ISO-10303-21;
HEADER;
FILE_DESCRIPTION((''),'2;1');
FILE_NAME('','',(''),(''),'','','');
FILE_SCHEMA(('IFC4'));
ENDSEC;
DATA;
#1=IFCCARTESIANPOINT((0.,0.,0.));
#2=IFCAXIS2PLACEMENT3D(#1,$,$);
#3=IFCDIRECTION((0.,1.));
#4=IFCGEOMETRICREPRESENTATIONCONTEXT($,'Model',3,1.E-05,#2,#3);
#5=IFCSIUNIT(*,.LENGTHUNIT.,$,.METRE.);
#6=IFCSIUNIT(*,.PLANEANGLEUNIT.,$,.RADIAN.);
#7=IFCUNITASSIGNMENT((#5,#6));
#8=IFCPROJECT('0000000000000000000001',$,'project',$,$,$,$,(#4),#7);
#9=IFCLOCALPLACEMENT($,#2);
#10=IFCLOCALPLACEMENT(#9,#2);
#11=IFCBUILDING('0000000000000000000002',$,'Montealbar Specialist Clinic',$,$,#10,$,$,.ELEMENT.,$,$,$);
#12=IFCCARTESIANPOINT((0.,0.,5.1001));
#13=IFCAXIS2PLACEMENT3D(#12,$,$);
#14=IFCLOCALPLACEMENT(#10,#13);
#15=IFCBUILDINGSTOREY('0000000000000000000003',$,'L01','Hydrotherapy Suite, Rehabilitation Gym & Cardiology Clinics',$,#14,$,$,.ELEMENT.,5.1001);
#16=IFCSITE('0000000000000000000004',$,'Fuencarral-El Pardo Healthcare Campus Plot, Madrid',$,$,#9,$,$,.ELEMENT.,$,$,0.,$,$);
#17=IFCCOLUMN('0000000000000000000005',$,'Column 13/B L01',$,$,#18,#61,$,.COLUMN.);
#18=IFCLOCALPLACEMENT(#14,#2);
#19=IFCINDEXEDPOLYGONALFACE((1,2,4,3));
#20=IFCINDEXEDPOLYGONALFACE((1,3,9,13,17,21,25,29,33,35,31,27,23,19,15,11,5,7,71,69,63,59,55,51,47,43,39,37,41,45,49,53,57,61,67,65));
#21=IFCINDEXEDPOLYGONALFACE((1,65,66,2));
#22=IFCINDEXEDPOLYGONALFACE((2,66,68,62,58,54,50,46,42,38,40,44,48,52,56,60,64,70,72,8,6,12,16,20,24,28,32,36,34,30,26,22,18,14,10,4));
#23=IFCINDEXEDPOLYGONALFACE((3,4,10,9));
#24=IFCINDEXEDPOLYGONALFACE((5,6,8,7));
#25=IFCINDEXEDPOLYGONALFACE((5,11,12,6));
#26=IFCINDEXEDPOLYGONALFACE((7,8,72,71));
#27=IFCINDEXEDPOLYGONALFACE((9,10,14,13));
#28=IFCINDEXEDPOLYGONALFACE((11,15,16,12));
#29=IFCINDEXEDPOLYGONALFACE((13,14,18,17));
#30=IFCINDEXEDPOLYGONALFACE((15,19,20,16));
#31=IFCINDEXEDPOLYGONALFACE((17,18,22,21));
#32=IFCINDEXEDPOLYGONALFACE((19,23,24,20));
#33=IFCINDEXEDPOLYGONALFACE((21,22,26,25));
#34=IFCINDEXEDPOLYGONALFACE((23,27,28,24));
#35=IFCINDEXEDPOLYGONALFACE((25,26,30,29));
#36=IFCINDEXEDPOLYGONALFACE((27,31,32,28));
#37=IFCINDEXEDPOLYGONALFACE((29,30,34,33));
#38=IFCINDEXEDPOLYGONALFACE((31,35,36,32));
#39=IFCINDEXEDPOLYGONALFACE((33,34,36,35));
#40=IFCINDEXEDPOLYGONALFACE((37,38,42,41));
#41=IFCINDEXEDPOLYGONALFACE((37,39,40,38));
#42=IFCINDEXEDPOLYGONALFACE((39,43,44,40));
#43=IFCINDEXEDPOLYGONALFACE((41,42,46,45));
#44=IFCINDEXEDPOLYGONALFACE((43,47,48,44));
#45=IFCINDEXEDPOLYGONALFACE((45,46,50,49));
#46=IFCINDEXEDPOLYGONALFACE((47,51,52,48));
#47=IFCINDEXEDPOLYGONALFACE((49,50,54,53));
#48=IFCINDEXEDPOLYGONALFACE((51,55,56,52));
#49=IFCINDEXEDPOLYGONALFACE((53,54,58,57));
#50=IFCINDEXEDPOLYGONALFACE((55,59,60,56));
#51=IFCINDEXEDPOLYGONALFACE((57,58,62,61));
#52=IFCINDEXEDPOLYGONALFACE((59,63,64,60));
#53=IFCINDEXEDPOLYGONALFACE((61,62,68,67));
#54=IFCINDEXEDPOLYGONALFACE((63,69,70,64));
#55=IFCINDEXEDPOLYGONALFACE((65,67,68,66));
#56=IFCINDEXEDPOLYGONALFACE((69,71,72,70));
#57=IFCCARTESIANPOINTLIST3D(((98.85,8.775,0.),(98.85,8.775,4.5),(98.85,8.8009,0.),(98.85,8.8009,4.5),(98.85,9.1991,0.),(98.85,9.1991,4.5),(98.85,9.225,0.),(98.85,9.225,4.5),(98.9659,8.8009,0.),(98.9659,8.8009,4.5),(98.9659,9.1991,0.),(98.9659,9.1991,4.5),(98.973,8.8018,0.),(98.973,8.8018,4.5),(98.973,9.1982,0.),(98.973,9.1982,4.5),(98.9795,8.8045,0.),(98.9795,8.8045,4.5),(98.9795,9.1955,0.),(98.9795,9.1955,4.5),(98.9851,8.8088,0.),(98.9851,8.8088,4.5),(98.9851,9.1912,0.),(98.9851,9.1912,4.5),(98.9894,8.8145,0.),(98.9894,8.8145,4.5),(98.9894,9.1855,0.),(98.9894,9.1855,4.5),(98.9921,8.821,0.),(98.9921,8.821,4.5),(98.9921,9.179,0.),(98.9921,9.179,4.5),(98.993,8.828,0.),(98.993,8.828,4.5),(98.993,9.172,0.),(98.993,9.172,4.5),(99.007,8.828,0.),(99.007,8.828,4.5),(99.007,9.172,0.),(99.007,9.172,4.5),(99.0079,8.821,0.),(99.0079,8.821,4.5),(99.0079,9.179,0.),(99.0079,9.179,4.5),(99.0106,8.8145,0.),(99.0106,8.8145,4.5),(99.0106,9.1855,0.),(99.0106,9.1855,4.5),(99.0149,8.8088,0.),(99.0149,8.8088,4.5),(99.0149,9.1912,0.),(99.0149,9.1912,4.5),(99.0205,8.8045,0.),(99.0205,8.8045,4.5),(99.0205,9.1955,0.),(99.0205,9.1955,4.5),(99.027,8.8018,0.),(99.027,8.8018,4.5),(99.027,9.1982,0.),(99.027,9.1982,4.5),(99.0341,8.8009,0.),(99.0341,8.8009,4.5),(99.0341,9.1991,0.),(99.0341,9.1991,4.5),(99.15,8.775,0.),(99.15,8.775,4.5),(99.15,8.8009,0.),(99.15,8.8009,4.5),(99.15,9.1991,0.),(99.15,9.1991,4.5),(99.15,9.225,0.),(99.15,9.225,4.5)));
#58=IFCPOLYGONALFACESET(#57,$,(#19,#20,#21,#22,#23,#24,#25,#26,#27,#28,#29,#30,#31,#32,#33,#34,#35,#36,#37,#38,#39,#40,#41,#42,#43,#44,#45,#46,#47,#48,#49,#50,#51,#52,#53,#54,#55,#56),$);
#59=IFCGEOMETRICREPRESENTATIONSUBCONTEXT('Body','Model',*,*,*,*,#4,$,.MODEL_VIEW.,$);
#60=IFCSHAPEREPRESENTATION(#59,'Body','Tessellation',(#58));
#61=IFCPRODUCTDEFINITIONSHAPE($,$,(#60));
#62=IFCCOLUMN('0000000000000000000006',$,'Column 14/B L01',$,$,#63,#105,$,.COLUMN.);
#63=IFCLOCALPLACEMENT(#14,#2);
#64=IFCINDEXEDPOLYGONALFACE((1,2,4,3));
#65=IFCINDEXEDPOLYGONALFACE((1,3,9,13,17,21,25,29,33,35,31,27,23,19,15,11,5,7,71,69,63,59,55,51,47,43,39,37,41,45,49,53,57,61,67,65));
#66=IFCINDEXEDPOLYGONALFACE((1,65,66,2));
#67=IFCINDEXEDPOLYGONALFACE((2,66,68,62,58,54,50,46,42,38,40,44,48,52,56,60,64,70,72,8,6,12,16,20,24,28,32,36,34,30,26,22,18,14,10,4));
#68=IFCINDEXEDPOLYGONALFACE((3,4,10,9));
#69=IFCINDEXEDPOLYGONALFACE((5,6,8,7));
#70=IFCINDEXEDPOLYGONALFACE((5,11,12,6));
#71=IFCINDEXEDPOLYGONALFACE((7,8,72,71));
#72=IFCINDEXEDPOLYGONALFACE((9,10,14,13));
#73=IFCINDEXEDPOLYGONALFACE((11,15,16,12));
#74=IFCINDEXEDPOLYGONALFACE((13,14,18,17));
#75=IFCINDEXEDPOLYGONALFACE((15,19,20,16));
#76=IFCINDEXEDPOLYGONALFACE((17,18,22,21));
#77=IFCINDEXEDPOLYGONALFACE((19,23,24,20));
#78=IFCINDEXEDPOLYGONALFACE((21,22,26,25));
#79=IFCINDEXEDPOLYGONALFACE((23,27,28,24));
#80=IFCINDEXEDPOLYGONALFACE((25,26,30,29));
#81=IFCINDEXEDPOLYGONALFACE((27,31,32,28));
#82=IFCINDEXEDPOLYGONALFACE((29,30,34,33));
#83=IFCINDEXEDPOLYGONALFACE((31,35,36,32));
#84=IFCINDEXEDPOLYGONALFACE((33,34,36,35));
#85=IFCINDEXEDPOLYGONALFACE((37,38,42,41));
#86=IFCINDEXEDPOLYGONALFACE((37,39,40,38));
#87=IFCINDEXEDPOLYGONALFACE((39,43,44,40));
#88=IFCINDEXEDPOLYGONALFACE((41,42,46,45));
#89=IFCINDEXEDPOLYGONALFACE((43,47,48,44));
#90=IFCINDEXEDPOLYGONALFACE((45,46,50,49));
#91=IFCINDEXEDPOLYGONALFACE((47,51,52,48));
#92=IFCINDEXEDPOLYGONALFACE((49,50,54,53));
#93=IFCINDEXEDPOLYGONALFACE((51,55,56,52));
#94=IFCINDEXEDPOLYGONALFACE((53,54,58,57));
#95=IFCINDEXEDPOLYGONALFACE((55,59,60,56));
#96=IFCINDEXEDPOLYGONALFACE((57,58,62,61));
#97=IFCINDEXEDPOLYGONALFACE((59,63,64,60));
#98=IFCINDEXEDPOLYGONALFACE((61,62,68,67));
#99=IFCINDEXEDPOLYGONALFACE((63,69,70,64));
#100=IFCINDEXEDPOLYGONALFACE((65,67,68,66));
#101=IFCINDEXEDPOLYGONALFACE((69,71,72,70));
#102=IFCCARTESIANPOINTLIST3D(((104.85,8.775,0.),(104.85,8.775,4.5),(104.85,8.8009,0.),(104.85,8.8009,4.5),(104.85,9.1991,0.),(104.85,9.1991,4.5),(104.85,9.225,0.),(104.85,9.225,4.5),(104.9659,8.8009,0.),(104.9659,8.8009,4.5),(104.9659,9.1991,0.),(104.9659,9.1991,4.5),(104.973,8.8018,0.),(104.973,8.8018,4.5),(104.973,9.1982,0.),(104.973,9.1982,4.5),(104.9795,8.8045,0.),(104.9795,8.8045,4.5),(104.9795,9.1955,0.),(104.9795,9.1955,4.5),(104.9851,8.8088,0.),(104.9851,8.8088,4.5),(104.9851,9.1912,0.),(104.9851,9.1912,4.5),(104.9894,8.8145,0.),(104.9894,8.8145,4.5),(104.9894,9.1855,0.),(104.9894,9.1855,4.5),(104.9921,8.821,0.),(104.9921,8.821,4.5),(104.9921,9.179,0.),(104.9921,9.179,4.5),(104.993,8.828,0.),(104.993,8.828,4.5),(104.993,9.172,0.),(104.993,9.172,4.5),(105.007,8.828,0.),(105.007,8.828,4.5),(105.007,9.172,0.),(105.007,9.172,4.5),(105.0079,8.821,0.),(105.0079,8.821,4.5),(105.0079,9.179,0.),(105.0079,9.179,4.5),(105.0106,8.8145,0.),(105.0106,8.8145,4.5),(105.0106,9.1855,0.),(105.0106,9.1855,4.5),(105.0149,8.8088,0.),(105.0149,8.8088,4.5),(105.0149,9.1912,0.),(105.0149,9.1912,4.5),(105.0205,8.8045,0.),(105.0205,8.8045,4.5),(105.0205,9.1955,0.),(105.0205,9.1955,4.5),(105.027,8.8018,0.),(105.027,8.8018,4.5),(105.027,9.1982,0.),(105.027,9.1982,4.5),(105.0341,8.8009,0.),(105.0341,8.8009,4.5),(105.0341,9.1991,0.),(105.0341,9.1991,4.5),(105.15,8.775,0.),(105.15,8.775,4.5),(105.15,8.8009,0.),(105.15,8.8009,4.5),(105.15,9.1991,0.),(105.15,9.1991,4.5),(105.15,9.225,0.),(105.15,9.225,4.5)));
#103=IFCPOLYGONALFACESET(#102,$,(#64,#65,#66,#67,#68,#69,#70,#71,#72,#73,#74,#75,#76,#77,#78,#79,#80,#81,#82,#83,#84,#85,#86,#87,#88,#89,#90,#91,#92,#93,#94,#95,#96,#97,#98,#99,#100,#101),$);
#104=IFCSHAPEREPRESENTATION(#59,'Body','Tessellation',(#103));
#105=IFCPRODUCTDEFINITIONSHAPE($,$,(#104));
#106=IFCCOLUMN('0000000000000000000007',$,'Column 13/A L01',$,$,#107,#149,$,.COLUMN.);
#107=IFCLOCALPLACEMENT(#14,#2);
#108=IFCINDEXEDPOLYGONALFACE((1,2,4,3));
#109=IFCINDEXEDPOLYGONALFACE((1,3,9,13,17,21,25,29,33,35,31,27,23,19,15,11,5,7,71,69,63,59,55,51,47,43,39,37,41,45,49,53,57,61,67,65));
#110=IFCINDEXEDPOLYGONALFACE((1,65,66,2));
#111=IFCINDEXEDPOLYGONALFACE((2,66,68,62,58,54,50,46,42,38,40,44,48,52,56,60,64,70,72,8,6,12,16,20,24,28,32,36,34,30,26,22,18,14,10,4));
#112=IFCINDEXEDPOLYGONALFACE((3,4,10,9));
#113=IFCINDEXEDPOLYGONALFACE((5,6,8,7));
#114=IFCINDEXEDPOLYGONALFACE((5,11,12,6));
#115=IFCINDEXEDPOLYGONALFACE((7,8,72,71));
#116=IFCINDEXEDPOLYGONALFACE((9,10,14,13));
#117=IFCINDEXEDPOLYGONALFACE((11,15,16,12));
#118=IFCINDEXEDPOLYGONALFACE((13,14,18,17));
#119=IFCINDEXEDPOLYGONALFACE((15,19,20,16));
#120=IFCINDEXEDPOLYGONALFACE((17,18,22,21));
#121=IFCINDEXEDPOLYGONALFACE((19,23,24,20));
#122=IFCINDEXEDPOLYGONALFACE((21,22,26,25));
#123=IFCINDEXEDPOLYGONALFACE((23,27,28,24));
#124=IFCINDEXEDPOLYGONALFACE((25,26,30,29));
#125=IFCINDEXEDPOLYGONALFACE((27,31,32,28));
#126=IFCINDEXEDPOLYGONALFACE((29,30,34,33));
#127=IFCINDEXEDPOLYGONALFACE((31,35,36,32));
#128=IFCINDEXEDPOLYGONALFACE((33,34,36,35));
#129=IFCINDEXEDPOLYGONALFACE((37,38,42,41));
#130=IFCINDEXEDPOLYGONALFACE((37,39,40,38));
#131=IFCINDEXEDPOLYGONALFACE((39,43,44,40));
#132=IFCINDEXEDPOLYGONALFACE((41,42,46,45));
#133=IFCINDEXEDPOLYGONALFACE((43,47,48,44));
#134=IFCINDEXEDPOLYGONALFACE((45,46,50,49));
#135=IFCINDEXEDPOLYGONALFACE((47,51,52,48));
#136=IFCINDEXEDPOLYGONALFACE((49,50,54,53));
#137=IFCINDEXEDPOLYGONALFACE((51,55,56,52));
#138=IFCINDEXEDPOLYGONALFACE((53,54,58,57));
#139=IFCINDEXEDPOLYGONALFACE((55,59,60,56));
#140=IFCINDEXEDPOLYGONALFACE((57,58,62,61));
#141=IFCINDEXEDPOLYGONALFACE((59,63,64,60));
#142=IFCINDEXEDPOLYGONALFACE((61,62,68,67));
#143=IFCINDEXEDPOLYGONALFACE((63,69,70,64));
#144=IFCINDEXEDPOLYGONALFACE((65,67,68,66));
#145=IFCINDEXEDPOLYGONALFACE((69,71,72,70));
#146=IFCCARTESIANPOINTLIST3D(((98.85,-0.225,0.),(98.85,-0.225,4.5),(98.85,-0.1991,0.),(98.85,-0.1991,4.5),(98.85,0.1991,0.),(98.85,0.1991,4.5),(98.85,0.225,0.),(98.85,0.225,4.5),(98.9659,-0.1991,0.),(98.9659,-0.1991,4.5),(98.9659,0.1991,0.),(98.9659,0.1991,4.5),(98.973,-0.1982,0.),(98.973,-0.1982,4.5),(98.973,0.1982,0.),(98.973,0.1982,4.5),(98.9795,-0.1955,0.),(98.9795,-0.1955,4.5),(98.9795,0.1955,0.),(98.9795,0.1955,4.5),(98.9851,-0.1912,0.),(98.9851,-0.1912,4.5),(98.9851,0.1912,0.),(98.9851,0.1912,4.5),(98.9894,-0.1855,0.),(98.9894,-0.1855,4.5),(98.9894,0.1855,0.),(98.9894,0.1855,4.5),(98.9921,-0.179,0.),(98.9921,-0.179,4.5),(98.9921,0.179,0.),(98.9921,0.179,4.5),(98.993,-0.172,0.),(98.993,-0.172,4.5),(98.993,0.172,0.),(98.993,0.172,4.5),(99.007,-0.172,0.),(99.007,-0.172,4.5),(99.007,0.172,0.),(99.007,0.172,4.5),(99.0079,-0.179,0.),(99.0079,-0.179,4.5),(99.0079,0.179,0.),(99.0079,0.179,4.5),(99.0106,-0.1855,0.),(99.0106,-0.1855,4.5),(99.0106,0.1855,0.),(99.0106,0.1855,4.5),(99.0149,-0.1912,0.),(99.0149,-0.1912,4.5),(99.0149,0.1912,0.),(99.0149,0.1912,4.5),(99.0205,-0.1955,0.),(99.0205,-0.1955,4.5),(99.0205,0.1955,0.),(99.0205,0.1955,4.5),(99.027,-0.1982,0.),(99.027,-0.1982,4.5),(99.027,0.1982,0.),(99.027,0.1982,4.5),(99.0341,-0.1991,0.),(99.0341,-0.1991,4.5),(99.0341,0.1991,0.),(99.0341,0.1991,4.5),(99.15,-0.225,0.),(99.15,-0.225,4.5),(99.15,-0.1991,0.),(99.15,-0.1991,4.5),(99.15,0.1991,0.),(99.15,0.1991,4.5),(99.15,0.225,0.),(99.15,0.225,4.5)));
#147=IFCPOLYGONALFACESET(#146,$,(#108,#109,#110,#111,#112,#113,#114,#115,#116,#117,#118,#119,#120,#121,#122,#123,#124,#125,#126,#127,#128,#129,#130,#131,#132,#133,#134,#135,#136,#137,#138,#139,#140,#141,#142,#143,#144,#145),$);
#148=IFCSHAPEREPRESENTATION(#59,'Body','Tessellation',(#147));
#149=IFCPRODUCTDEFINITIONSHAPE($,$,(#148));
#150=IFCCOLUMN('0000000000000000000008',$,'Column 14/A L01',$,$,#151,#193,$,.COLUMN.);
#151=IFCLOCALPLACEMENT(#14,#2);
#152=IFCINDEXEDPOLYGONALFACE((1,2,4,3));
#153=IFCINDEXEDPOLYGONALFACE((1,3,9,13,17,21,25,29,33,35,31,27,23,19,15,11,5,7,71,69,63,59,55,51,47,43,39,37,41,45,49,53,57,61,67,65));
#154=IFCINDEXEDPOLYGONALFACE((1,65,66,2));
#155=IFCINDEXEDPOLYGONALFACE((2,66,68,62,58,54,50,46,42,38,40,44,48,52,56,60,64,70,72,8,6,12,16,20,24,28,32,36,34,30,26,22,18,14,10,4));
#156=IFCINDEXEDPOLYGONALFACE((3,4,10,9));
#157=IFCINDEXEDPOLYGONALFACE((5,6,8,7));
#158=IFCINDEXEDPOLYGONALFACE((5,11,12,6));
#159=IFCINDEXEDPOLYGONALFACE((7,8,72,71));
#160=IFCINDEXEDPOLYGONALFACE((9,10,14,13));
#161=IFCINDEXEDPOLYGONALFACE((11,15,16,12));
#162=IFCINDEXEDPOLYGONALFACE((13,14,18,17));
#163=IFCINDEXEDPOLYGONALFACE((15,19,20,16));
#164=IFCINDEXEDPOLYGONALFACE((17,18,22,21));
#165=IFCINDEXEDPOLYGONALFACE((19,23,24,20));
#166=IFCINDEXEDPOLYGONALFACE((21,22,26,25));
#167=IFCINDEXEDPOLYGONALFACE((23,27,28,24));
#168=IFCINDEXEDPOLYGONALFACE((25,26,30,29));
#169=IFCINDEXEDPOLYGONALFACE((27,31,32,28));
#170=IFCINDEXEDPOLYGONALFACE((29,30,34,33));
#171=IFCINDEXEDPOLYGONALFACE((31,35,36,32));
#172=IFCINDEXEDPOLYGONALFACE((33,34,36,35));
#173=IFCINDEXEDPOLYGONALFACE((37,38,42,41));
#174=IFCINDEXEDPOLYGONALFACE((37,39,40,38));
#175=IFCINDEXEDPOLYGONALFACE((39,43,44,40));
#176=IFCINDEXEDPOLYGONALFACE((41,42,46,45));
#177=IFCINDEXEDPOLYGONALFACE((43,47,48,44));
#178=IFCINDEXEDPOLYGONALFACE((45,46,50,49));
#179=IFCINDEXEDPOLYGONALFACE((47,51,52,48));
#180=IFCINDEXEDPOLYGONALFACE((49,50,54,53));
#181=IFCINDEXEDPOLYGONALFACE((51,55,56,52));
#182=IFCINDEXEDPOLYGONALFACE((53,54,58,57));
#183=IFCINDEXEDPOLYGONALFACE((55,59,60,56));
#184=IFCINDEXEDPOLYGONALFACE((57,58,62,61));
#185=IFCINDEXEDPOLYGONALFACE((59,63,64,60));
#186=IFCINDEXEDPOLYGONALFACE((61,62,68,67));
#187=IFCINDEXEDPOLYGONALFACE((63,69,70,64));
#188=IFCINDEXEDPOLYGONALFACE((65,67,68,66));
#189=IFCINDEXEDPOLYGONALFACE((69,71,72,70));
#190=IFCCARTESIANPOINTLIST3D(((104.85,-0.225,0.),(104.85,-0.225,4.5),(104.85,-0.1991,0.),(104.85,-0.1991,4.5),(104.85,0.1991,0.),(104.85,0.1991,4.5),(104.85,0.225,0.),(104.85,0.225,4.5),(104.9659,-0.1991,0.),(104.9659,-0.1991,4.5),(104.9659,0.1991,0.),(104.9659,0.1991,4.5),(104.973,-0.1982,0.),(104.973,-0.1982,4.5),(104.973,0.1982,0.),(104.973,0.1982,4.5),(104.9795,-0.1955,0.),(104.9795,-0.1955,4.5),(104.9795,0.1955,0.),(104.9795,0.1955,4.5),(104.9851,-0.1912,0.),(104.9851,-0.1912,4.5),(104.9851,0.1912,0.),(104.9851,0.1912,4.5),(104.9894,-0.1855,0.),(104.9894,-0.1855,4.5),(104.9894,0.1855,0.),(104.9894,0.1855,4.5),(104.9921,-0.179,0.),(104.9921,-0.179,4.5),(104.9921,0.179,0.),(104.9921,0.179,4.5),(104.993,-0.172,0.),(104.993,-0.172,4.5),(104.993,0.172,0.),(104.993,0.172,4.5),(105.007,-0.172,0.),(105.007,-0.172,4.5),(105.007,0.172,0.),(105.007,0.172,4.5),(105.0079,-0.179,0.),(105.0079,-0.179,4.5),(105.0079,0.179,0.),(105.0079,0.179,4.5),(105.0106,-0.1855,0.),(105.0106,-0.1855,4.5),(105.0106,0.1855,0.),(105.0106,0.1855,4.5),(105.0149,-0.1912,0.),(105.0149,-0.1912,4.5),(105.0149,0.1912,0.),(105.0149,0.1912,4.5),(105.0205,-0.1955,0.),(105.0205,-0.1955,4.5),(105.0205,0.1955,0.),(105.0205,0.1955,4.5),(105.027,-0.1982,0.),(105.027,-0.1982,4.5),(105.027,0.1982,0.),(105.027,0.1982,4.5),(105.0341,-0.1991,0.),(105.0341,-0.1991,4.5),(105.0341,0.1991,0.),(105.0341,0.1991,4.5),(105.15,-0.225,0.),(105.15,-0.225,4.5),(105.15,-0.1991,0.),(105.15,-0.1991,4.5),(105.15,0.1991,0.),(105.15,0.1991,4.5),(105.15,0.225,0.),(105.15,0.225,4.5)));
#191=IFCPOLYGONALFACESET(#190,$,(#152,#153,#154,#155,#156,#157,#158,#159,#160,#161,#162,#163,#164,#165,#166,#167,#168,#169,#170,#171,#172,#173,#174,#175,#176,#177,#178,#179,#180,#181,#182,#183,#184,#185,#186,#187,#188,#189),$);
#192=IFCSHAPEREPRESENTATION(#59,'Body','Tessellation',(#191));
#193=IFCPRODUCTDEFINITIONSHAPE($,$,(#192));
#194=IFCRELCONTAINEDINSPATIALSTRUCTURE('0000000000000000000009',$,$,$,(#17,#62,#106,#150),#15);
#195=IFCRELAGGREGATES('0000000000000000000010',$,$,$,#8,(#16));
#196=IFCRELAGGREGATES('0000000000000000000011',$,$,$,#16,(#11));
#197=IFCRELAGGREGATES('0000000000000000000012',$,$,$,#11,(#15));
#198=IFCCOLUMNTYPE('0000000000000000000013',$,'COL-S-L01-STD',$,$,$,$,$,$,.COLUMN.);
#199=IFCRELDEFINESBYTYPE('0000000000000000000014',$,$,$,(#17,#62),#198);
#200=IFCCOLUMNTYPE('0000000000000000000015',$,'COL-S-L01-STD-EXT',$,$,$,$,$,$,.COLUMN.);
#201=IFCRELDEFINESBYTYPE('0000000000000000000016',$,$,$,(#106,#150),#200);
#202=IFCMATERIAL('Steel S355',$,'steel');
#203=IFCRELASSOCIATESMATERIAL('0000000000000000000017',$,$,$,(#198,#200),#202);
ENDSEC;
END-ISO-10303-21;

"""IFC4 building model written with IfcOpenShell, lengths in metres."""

from ifc_helpers import new_model, si_unit, direction, frame, origin, origin_2d, place, context, subcontext, project, spatial, i_section, extrude, material, material_profile, profile_set, type_object, element, save


model = new_model("IFC4")

# Units and contexts
model_context = context("Model", 3, precision=1e-05, world=origin(), true_north=direction((0.0, 1.0)))
body_context = subcontext(model_context, "Body", "Model", "MODEL_VIEW")
ifc_project = project(units=[si_unit("LENGTHUNIT", "METRE"), si_unit("PLANEANGLEUNIT", "RADIAN")], contexts=[model_context])

# Site, building, storey
site_placement = place(None, origin())
site = spatial("IfcSite", under=ifc_project, at=site_placement, Name="Fuencarral-El Pardo Healthcare Campus Plot, Madrid", CompositionType="ELEMENT", RefElevation=0.0)
building_placement = place(site_placement, origin())
building = spatial("IfcBuilding", under=site, at=building_placement, Name="Montealbar Specialist Clinic", CompositionType="ELEMENT")
storey_placement = place(building_placement, frame((0.0, 0.0, 5.1001)))
storey = spatial("IfcBuildingStorey", under=building, at=storey_placement, Name="L01", Description="Hydrotherapy Suite, Rehabilitation Gym & Cardiology Clinics", CompositionType="ELEMENT", Elevation=5.1001)

# Columns
ifc_material_1 = material(Name="Steel S355", Category="steel")
ifc_material_profile_1 = material_profile(ifc_material_1, i_section(OverallWidth=0.3, OverallDepth=0.45, WebThickness=0.0139, FlangeThickness=0.0259, FilletRadius=0.0271, at=origin_2d()), Name="HEB 450", Category="steel")
ifc_profile_set_1 = profile_set([ifc_material_profile_1], Name="Steel S355")
column_type_1 = type_object("IfcColumnType", Name="COL-S-L01-STD", PredefinedType="COLUMN", material=ifc_profile_set_1)
for number, where, z_axis, x_axis, name in (
    (1, (99.0, 9.0, 0.0), (0.0, 0.0, 1.0), (1.0, 0.0, 0.0), "Column 13/B L01"),
    (2, (105.0, 9.0, 0.0), (0.0, 0.0, 1.0), (1.0, 0.0, 0.0), "Column 14/B L01"),
):
    element("IfcColumn", number, at=place(storey_placement, frame(where, z_axis=z_axis, x_axis=x_axis)), inside=storey, type_object=column_type_1, Name=name, PredefinedType="COLUMN", context=body_context, shape_type="SweptSolid", body=[
        extrude(i_section(OverallWidth=0.3, OverallDepth=0.45, WebThickness=0.0139, FlangeThickness=0.0259, FilletRadius=0.0271, at=origin_2d()), origin(), (0.0, 0.0, 1.0), 4.5),
    ])
ifc_material_profile_2 = material_profile(ifc_material_1, i_section(OverallWidth=0.3, OverallDepth=0.45, WebThickness=0.0139, FlangeThickness=0.0259, FilletRadius=0.0271, at=origin_2d()), Name="HEB 450", Category="steel")
ifc_profile_set_2 = profile_set([ifc_material_profile_2], Name="Steel S355")
column_type_2 = type_object("IfcColumnType", Name="COL-S-L01-STD-EXT", PredefinedType="COLUMN", material=ifc_profile_set_2)
for number, where, z_axis, x_axis, name in (
    (3, (99.0, 0.0, 0.0), (0.0, 0.0, 1.0), (1.0, 0.0, 0.0), "Column 13/A L01"),
    (4, (105.0, 0.0, 0.0), (0.0, 0.0, 1.0), (1.0, 0.0, 0.0), "Column 14/A L01"),
):
    element("IfcColumn", number, at=place(storey_placement, frame(where, z_axis=z_axis, x_axis=x_axis)), inside=storey, type_object=column_type_2, Name=name, PredefinedType="COLUMN", context=body_context, shape_type="SweptSolid", body=[
        extrude(i_section(OverallWidth=0.3, OverallDepth=0.45, WebThickness=0.0139, FlangeThickness=0.0259, FilletRadius=0.0271, at=origin_2d()), origin(), (0.0, 0.0, 1.0), 4.5),
    ])

save(model, "model.ifc")
